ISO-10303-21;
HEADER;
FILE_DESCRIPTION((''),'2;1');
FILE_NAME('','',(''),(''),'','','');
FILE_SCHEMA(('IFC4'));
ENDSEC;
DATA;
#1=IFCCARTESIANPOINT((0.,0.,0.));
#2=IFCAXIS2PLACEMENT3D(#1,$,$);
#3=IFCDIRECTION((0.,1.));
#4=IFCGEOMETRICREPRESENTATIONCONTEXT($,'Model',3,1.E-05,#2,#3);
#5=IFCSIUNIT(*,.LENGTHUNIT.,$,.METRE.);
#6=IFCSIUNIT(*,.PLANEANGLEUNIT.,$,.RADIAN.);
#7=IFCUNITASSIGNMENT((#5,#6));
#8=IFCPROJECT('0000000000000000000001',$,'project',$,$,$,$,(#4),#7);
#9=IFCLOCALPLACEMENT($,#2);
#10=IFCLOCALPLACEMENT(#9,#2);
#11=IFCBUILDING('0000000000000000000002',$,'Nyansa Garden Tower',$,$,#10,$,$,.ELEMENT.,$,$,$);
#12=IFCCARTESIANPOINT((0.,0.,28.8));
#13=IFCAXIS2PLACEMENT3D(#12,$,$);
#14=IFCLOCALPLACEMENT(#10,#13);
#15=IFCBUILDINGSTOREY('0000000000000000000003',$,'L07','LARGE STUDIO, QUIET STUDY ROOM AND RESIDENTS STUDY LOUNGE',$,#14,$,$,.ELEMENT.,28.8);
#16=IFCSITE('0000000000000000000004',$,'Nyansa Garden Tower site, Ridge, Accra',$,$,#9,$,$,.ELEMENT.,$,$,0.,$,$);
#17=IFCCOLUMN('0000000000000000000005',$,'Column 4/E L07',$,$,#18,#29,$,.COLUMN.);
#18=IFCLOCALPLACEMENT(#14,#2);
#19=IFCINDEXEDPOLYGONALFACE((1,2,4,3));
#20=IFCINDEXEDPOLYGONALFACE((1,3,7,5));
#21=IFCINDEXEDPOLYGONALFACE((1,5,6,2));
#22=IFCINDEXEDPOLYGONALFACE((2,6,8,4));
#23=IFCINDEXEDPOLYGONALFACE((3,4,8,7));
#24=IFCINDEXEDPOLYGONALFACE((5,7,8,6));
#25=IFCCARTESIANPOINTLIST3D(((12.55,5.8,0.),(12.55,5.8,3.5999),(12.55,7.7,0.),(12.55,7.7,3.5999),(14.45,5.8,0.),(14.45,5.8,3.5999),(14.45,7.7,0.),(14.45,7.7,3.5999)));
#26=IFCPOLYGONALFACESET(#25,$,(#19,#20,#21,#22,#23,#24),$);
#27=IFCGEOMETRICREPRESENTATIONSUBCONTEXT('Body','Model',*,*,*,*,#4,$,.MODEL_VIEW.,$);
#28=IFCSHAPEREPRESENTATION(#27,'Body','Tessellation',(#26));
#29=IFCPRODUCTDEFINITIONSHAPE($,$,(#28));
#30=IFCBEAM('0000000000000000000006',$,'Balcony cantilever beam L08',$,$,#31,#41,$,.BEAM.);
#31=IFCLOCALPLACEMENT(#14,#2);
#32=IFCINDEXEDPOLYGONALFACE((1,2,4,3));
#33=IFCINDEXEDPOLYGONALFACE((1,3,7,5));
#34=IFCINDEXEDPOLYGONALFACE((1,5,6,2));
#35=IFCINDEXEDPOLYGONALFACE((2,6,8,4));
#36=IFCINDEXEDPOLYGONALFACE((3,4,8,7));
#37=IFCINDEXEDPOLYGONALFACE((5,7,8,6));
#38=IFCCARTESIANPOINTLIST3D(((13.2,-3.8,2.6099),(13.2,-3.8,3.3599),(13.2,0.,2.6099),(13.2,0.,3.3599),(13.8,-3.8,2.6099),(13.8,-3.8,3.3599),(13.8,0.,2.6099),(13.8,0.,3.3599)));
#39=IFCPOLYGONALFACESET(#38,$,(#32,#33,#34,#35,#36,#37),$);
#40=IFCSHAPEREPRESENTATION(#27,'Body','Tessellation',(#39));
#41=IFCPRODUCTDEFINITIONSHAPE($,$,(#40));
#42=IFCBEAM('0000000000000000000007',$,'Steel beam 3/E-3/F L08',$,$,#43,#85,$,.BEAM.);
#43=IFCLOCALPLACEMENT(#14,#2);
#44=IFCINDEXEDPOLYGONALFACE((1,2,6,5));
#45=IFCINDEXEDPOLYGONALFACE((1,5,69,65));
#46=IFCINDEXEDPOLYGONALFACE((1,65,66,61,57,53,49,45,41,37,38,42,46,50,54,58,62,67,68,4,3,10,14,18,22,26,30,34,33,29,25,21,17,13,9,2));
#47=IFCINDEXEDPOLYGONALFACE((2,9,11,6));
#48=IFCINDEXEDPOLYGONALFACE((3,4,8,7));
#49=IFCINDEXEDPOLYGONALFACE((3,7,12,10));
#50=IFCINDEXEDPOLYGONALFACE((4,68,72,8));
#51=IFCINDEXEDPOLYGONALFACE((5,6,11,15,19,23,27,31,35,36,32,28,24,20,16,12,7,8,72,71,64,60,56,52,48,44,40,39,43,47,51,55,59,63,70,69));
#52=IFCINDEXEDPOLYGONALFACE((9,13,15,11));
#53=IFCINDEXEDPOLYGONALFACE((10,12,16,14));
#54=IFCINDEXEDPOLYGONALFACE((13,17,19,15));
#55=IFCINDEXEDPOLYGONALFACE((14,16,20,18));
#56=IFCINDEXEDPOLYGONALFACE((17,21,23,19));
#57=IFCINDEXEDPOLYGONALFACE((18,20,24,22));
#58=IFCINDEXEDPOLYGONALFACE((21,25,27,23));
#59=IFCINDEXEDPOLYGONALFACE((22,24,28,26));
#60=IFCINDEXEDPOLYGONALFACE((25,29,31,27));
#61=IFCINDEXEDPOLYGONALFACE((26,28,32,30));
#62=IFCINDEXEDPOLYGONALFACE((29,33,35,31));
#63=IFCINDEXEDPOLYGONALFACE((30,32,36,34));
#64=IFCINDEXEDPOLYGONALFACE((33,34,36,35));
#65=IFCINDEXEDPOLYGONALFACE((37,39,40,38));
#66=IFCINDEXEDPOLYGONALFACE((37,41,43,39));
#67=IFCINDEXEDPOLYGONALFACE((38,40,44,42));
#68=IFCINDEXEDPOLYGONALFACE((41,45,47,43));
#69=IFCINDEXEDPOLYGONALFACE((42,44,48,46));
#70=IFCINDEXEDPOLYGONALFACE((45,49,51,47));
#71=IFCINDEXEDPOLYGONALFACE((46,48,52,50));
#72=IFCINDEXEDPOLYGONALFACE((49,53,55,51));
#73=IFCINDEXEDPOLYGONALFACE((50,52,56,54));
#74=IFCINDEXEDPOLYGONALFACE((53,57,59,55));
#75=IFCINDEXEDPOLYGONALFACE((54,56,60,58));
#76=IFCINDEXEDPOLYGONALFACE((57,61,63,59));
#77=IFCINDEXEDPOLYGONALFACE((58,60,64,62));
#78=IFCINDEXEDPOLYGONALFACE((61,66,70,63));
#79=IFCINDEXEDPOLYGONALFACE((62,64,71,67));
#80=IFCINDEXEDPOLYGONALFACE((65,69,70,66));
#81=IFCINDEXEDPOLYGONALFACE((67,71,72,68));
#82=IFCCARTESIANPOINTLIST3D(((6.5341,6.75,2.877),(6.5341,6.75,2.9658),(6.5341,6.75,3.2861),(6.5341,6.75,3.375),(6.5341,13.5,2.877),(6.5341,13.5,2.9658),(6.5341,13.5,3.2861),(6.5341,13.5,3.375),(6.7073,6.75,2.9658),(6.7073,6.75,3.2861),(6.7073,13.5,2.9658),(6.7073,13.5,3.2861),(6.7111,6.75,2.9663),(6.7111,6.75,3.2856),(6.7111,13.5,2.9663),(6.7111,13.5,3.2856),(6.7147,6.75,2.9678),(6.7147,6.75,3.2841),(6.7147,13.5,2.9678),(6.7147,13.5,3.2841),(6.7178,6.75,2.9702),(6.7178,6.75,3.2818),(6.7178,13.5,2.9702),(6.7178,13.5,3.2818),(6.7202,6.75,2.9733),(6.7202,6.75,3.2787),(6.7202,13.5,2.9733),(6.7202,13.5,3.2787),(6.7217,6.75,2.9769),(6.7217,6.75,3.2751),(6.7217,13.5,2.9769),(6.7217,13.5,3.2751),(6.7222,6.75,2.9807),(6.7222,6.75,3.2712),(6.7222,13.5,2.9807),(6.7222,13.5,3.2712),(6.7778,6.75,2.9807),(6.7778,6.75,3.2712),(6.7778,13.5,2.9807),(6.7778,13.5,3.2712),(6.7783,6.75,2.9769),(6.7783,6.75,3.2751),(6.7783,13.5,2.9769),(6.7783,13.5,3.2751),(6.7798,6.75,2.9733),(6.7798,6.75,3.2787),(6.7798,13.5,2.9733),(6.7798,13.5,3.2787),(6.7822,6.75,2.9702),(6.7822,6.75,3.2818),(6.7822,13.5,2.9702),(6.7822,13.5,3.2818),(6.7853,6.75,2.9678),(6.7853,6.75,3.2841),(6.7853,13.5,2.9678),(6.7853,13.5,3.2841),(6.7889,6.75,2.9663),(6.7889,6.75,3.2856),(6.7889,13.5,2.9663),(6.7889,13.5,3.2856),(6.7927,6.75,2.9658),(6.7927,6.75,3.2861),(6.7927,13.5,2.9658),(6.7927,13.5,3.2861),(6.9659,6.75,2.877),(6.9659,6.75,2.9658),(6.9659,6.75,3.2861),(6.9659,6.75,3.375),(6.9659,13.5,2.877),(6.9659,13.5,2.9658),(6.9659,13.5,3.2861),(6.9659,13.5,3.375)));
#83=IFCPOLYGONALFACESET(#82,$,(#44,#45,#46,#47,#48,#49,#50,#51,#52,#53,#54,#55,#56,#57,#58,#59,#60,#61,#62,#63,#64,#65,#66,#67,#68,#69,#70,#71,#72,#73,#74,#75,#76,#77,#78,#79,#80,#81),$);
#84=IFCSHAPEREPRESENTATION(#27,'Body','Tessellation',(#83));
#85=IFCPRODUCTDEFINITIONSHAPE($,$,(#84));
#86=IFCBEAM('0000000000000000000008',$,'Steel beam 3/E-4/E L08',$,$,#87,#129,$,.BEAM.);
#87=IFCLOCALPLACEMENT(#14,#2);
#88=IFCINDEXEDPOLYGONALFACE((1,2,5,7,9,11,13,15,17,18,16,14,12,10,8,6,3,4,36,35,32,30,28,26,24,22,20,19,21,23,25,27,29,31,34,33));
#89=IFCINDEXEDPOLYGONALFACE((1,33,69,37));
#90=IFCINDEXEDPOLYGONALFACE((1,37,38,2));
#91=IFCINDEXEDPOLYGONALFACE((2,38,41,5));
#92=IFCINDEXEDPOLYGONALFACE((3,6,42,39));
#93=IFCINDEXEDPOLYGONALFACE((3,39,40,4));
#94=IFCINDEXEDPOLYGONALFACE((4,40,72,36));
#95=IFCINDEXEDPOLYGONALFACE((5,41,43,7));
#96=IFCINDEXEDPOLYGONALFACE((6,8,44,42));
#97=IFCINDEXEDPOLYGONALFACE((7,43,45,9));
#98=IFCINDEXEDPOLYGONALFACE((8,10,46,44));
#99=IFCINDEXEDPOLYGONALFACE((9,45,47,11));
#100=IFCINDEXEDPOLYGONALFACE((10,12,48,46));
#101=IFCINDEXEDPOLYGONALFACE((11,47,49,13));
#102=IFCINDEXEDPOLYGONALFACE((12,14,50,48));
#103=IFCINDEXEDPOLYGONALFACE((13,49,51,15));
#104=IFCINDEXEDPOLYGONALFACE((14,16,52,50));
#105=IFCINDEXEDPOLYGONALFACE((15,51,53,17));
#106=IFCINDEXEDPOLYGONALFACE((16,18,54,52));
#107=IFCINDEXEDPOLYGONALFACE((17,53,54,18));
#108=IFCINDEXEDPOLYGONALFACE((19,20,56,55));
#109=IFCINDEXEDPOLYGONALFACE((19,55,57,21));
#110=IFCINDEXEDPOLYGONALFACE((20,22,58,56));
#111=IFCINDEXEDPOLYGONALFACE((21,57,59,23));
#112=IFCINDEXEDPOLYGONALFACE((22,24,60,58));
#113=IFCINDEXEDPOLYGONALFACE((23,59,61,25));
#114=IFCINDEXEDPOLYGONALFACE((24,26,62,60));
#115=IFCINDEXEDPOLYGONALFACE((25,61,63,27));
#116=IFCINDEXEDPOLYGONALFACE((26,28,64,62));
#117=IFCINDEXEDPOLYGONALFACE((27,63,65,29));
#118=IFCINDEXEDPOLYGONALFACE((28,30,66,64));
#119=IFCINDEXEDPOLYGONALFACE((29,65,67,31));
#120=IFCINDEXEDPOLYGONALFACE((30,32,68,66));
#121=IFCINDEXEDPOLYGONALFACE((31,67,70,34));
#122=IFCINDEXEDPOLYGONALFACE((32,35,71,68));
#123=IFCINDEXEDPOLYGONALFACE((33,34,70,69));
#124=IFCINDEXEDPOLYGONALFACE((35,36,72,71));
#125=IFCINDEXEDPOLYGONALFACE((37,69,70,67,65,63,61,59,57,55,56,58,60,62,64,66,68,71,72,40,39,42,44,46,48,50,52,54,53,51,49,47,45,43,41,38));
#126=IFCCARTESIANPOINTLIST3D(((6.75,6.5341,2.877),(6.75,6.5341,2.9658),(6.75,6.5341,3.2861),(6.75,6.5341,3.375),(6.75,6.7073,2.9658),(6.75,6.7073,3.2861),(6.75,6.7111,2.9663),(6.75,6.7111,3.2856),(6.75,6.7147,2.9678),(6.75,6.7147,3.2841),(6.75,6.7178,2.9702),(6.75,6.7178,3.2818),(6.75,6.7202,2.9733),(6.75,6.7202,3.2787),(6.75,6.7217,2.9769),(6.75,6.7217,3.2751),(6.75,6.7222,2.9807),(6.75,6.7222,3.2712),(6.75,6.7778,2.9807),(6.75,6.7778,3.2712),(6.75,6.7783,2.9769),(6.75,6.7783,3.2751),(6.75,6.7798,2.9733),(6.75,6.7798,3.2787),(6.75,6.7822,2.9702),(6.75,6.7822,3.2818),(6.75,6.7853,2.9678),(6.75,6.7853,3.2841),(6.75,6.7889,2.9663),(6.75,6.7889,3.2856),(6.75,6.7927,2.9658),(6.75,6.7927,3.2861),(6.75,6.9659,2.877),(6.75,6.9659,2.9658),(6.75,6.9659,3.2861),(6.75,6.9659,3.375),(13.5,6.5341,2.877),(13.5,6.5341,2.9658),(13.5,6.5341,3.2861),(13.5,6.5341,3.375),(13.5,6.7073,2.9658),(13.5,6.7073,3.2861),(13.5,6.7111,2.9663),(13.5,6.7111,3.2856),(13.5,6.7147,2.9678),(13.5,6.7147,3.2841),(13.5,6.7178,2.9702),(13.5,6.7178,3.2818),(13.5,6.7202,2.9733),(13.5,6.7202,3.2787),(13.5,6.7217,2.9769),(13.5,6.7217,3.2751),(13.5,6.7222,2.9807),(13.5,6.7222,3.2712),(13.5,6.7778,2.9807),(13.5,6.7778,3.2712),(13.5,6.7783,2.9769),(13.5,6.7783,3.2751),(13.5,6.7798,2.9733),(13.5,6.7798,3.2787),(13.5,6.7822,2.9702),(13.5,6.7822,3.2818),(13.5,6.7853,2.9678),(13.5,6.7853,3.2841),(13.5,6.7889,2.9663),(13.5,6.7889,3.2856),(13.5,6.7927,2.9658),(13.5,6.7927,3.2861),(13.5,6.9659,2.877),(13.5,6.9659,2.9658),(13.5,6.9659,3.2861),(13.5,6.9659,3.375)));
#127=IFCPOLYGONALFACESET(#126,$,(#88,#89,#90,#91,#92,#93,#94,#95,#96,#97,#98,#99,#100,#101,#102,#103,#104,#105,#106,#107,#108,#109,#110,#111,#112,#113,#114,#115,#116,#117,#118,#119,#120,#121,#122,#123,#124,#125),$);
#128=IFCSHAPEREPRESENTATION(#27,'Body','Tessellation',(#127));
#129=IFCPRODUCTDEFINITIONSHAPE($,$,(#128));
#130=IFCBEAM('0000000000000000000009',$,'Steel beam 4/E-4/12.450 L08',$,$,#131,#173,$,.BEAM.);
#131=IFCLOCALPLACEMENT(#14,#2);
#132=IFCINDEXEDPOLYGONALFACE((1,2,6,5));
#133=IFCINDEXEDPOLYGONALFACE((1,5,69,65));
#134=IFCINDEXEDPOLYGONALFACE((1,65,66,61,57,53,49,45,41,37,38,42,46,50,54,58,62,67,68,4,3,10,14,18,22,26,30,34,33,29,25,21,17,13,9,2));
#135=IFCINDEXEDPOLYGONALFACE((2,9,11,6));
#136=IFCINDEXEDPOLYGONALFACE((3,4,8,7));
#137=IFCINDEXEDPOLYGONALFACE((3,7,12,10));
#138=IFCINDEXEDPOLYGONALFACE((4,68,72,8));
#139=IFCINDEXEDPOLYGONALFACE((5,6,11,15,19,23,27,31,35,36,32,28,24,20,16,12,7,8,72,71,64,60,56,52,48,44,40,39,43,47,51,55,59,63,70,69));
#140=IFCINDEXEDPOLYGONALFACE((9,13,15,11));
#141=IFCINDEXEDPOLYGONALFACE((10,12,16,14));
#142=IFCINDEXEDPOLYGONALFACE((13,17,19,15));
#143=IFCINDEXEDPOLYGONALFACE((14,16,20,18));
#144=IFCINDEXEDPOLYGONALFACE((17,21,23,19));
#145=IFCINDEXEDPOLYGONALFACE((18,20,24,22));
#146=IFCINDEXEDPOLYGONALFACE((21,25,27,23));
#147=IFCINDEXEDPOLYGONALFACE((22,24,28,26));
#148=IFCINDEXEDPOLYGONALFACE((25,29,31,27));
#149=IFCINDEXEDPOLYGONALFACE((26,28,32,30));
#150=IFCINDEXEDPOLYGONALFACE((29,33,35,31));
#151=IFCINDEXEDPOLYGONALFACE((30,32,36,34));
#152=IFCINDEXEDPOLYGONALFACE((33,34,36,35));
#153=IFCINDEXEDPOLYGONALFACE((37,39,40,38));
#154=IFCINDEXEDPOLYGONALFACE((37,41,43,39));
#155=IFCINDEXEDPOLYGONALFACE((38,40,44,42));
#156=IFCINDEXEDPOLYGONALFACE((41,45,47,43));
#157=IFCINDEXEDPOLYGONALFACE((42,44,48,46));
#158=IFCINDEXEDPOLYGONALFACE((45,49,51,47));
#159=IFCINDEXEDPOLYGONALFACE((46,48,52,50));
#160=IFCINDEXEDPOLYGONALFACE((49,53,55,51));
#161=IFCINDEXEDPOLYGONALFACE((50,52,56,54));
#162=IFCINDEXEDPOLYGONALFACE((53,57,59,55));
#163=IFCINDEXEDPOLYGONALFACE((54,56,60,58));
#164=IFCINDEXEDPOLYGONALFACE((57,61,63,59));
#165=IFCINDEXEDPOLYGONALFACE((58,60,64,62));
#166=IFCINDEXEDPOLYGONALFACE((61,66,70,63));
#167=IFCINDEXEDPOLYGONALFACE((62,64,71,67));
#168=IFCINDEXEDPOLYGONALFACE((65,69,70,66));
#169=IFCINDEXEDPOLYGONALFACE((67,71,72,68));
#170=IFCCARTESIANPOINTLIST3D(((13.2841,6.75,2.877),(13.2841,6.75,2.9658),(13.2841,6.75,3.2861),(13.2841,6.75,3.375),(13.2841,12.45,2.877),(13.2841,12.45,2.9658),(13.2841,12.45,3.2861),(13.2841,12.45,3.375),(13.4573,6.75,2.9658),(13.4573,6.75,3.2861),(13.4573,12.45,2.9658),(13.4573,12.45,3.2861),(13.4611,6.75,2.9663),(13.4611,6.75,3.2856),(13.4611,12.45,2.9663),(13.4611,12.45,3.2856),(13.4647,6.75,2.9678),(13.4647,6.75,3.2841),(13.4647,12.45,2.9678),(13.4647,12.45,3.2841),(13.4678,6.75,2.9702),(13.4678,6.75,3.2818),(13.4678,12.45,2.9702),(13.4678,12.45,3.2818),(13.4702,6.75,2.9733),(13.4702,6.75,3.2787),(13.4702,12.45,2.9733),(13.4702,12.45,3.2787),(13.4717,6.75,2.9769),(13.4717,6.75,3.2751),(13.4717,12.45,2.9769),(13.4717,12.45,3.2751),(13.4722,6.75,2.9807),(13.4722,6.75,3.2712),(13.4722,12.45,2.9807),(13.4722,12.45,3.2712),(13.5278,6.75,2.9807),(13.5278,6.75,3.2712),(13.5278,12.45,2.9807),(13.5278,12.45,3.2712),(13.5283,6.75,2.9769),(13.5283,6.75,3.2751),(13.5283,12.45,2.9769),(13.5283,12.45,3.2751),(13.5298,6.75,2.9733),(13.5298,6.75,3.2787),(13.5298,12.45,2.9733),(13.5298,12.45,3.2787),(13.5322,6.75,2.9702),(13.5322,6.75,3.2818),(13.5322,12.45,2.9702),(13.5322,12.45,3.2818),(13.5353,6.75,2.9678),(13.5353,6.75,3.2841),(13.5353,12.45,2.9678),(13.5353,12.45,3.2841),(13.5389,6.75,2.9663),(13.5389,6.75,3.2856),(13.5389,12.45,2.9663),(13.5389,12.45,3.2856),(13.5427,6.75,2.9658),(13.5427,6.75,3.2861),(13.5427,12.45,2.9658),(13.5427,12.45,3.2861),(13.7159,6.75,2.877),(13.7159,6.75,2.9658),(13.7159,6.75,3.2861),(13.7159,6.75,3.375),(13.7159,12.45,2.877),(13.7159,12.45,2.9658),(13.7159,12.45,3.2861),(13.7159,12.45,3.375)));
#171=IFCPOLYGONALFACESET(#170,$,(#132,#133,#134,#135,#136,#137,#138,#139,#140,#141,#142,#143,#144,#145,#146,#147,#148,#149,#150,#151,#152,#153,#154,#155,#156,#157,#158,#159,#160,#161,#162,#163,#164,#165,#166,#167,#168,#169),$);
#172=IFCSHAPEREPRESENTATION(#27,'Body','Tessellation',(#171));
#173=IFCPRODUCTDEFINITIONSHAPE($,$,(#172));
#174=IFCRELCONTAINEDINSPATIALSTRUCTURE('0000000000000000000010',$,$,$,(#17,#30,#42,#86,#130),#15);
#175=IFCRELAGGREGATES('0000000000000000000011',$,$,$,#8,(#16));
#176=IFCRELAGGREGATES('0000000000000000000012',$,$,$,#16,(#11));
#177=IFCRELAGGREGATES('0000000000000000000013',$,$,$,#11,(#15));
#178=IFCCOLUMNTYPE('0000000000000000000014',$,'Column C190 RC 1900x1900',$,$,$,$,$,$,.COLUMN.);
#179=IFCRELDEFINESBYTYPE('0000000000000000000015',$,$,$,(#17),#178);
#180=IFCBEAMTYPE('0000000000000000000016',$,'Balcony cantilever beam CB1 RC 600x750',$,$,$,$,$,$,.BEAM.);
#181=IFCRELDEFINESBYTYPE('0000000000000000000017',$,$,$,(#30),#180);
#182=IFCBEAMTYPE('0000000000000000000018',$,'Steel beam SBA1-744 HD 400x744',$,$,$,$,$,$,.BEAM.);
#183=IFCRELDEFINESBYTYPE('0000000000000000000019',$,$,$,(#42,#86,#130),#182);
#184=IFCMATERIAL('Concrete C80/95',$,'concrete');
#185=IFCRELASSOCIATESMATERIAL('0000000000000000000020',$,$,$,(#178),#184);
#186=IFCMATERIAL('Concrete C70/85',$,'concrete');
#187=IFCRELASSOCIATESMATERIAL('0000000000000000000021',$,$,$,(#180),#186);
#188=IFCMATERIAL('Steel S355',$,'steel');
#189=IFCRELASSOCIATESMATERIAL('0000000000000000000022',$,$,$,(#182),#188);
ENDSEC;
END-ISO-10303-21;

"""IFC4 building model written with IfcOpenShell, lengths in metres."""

from ifc_helpers import new_model, si_unit, direction, frame, origin, origin_2d, place, context, subcontext, project, spatial, rectangle, i_section, extrude, material, material_profile, profile_set, type_object, element, save


model = new_model("IFC4")

# Units and contexts
model_context = context("Model", 3, precision=1e-05, world=origin(), true_north=direction((0.0, 1.0)))
body_context = subcontext(model_context, "Body", "Model", "MODEL_VIEW")
ifc_project = project(units=[si_unit("LENGTHUNIT", "METRE"), si_unit("PLANEANGLEUNIT", "RADIAN")], contexts=[model_context])

# Site, building, storey
site_placement = place(None, origin())
site = spatial("IfcSite", under=ifc_project, at=site_placement, Name="Nyansa Garden Tower site, Ridge, Accra", CompositionType="ELEMENT", RefElevation=0.0)
building_placement = place(site_placement, origin())
building = spatial("IfcBuilding", under=site, at=building_placement, Name="Nyansa Garden Tower", CompositionType="ELEMENT")
storey_placement = place(building_placement, frame((0.0, 0.0, 28.8)))
storey = spatial("IfcBuildingStorey", under=building, at=storey_placement, Name="L07", Description="LARGE STUDIO, QUIET STUDY ROOM AND RESIDENTS STUDY LOUNGE", CompositionType="ELEMENT", Elevation=28.8)

# Column
ifc_material_1 = material(Name="Concrete C80/95", Category="concrete")
ifc_material_profile_1 = material_profile(ifc_material_1, rectangle(XDim=1.8999, YDim=1.8999, at=origin_2d()), Name="RC 1900x1900")
ifc_profile_set_1 = profile_set([ifc_material_profile_1], Name="Concrete C80/95")
column_type = type_object("IfcColumnType", Name="Column C190 RC 1900x1900", PredefinedType="COLUMN", material=ifc_profile_set_1)
column_placement = place(storey_placement, frame((13.5, 6.75, 0.0), z_axis=(0.0, 0.0, 1.0), x_axis=(1.0, 0.0, 0.0)))
element("IfcColumn", 1, at=column_placement, inside=storey, type_object=column_type, Name="Column 4/E L07", PredefinedType="COLUMN", context=body_context, shape_type="SweptSolid", body=[
    extrude(rectangle(XDim=1.8999, YDim=1.8999, at=origin_2d()), origin(), (0.0, 0.0, 1.0), 3.5999),
])

# Beams
ifc_material_2 = material(Name="Concrete C70/85", Category="concrete")
ifc_material_profile_2 = material_profile(ifc_material_2, rectangle(XDim=0.6001, YDim=0.75, at=origin_2d()), Name="RC 600x750")
ifc_profile_set_2 = profile_set([ifc_material_profile_2], Name="Concrete C70/85")
beam_type_1 = type_object("IfcBeamType", Name="Balcony cantilever beam CB1 RC 600x750", PredefinedType="BEAM", material=ifc_profile_set_2)
beam_1_placement = place(storey_placement, frame((13.5, 0.0, 2.9849), z_axis=(0.0, -1.0, 0.0), x_axis=(1.0, 0.0, 0.0)))
element("IfcBeam", 2, at=beam_1_placement, inside=storey, type_object=beam_type_1, Name="Balcony cantilever beam L08", PredefinedType="BEAM", context=body_context, shape_type="SweptSolid", body=[
    extrude(rectangle(XDim=0.6001, YDim=0.75, at=origin_2d()), origin(), (0.0, 0.0, 1.0), 3.8),
])
ifc_material_3 = material(Name="Steel S355", Category="steel")
ifc_material_profile_3 = material_profile(ifc_material_3, i_section(OverallWidth=0.4319, OverallDepth=0.498, WebThickness=0.0557, FlangeThickness=0.0889, FilletRadius=0.0149, at=origin_2d()), Name="HD 400x744")
ifc_profile_set_3 = profile_set([ifc_material_profile_3], Name="Steel S355")
beam_type_2 = type_object("IfcBeamType", Name="Steel beam SBA1-744 HD 400x744", PredefinedType="BEAM", material=ifc_profile_set_3)
for number, where, z_axis, x_axis, name in (
    (3, (6.75, 6.75, 3.126), (0.0, 1.0, 0.0), (-1.0, 0.0, 0.0), "Steel beam 3/E-3/F L08"),
    (4, (6.75, 6.75, 3.126), (1.0, 0.0, 0.0), (0.0, 1.0, 0.0), "Steel beam 3/E-4/E L08"),
):
    element("IfcBeam", number, at=place(storey_placement, frame(where, z_axis=z_axis, x_axis=x_axis)), inside=storey, type_object=beam_type_2, Name=name, PredefinedType="BEAM", context=body_context, shape_type="SweptSolid", body=[
        extrude(i_section(OverallWidth=0.4319, OverallDepth=0.498, WebThickness=0.0557, FlangeThickness=0.0889, FilletRadius=0.0149, at=origin_2d()), origin(), (0.0, 0.0, 1.0), 6.75),
    ])
beam_2_placement = place(storey_placement, frame((13.5, 6.75, 3.126), z_axis=(0.0, 1.0, 0.0), x_axis=(-1.0, 0.0, 0.0)))
element("IfcBeam", 5, at=beam_2_placement, inside=storey, type_object=beam_type_2, Name="Steel beam 4/E-4/12.450 L08", PredefinedType="BEAM", context=body_context, shape_type="SweptSolid", body=[
    extrude(i_section(OverallWidth=0.4319, OverallDepth=0.498, WebThickness=0.0557, FlangeThickness=0.0889, FilletRadius=0.0149, at=origin_2d()), origin(), (0.0, 0.0, 1.0), 5.7),
])

save(model, "model.ifc")
